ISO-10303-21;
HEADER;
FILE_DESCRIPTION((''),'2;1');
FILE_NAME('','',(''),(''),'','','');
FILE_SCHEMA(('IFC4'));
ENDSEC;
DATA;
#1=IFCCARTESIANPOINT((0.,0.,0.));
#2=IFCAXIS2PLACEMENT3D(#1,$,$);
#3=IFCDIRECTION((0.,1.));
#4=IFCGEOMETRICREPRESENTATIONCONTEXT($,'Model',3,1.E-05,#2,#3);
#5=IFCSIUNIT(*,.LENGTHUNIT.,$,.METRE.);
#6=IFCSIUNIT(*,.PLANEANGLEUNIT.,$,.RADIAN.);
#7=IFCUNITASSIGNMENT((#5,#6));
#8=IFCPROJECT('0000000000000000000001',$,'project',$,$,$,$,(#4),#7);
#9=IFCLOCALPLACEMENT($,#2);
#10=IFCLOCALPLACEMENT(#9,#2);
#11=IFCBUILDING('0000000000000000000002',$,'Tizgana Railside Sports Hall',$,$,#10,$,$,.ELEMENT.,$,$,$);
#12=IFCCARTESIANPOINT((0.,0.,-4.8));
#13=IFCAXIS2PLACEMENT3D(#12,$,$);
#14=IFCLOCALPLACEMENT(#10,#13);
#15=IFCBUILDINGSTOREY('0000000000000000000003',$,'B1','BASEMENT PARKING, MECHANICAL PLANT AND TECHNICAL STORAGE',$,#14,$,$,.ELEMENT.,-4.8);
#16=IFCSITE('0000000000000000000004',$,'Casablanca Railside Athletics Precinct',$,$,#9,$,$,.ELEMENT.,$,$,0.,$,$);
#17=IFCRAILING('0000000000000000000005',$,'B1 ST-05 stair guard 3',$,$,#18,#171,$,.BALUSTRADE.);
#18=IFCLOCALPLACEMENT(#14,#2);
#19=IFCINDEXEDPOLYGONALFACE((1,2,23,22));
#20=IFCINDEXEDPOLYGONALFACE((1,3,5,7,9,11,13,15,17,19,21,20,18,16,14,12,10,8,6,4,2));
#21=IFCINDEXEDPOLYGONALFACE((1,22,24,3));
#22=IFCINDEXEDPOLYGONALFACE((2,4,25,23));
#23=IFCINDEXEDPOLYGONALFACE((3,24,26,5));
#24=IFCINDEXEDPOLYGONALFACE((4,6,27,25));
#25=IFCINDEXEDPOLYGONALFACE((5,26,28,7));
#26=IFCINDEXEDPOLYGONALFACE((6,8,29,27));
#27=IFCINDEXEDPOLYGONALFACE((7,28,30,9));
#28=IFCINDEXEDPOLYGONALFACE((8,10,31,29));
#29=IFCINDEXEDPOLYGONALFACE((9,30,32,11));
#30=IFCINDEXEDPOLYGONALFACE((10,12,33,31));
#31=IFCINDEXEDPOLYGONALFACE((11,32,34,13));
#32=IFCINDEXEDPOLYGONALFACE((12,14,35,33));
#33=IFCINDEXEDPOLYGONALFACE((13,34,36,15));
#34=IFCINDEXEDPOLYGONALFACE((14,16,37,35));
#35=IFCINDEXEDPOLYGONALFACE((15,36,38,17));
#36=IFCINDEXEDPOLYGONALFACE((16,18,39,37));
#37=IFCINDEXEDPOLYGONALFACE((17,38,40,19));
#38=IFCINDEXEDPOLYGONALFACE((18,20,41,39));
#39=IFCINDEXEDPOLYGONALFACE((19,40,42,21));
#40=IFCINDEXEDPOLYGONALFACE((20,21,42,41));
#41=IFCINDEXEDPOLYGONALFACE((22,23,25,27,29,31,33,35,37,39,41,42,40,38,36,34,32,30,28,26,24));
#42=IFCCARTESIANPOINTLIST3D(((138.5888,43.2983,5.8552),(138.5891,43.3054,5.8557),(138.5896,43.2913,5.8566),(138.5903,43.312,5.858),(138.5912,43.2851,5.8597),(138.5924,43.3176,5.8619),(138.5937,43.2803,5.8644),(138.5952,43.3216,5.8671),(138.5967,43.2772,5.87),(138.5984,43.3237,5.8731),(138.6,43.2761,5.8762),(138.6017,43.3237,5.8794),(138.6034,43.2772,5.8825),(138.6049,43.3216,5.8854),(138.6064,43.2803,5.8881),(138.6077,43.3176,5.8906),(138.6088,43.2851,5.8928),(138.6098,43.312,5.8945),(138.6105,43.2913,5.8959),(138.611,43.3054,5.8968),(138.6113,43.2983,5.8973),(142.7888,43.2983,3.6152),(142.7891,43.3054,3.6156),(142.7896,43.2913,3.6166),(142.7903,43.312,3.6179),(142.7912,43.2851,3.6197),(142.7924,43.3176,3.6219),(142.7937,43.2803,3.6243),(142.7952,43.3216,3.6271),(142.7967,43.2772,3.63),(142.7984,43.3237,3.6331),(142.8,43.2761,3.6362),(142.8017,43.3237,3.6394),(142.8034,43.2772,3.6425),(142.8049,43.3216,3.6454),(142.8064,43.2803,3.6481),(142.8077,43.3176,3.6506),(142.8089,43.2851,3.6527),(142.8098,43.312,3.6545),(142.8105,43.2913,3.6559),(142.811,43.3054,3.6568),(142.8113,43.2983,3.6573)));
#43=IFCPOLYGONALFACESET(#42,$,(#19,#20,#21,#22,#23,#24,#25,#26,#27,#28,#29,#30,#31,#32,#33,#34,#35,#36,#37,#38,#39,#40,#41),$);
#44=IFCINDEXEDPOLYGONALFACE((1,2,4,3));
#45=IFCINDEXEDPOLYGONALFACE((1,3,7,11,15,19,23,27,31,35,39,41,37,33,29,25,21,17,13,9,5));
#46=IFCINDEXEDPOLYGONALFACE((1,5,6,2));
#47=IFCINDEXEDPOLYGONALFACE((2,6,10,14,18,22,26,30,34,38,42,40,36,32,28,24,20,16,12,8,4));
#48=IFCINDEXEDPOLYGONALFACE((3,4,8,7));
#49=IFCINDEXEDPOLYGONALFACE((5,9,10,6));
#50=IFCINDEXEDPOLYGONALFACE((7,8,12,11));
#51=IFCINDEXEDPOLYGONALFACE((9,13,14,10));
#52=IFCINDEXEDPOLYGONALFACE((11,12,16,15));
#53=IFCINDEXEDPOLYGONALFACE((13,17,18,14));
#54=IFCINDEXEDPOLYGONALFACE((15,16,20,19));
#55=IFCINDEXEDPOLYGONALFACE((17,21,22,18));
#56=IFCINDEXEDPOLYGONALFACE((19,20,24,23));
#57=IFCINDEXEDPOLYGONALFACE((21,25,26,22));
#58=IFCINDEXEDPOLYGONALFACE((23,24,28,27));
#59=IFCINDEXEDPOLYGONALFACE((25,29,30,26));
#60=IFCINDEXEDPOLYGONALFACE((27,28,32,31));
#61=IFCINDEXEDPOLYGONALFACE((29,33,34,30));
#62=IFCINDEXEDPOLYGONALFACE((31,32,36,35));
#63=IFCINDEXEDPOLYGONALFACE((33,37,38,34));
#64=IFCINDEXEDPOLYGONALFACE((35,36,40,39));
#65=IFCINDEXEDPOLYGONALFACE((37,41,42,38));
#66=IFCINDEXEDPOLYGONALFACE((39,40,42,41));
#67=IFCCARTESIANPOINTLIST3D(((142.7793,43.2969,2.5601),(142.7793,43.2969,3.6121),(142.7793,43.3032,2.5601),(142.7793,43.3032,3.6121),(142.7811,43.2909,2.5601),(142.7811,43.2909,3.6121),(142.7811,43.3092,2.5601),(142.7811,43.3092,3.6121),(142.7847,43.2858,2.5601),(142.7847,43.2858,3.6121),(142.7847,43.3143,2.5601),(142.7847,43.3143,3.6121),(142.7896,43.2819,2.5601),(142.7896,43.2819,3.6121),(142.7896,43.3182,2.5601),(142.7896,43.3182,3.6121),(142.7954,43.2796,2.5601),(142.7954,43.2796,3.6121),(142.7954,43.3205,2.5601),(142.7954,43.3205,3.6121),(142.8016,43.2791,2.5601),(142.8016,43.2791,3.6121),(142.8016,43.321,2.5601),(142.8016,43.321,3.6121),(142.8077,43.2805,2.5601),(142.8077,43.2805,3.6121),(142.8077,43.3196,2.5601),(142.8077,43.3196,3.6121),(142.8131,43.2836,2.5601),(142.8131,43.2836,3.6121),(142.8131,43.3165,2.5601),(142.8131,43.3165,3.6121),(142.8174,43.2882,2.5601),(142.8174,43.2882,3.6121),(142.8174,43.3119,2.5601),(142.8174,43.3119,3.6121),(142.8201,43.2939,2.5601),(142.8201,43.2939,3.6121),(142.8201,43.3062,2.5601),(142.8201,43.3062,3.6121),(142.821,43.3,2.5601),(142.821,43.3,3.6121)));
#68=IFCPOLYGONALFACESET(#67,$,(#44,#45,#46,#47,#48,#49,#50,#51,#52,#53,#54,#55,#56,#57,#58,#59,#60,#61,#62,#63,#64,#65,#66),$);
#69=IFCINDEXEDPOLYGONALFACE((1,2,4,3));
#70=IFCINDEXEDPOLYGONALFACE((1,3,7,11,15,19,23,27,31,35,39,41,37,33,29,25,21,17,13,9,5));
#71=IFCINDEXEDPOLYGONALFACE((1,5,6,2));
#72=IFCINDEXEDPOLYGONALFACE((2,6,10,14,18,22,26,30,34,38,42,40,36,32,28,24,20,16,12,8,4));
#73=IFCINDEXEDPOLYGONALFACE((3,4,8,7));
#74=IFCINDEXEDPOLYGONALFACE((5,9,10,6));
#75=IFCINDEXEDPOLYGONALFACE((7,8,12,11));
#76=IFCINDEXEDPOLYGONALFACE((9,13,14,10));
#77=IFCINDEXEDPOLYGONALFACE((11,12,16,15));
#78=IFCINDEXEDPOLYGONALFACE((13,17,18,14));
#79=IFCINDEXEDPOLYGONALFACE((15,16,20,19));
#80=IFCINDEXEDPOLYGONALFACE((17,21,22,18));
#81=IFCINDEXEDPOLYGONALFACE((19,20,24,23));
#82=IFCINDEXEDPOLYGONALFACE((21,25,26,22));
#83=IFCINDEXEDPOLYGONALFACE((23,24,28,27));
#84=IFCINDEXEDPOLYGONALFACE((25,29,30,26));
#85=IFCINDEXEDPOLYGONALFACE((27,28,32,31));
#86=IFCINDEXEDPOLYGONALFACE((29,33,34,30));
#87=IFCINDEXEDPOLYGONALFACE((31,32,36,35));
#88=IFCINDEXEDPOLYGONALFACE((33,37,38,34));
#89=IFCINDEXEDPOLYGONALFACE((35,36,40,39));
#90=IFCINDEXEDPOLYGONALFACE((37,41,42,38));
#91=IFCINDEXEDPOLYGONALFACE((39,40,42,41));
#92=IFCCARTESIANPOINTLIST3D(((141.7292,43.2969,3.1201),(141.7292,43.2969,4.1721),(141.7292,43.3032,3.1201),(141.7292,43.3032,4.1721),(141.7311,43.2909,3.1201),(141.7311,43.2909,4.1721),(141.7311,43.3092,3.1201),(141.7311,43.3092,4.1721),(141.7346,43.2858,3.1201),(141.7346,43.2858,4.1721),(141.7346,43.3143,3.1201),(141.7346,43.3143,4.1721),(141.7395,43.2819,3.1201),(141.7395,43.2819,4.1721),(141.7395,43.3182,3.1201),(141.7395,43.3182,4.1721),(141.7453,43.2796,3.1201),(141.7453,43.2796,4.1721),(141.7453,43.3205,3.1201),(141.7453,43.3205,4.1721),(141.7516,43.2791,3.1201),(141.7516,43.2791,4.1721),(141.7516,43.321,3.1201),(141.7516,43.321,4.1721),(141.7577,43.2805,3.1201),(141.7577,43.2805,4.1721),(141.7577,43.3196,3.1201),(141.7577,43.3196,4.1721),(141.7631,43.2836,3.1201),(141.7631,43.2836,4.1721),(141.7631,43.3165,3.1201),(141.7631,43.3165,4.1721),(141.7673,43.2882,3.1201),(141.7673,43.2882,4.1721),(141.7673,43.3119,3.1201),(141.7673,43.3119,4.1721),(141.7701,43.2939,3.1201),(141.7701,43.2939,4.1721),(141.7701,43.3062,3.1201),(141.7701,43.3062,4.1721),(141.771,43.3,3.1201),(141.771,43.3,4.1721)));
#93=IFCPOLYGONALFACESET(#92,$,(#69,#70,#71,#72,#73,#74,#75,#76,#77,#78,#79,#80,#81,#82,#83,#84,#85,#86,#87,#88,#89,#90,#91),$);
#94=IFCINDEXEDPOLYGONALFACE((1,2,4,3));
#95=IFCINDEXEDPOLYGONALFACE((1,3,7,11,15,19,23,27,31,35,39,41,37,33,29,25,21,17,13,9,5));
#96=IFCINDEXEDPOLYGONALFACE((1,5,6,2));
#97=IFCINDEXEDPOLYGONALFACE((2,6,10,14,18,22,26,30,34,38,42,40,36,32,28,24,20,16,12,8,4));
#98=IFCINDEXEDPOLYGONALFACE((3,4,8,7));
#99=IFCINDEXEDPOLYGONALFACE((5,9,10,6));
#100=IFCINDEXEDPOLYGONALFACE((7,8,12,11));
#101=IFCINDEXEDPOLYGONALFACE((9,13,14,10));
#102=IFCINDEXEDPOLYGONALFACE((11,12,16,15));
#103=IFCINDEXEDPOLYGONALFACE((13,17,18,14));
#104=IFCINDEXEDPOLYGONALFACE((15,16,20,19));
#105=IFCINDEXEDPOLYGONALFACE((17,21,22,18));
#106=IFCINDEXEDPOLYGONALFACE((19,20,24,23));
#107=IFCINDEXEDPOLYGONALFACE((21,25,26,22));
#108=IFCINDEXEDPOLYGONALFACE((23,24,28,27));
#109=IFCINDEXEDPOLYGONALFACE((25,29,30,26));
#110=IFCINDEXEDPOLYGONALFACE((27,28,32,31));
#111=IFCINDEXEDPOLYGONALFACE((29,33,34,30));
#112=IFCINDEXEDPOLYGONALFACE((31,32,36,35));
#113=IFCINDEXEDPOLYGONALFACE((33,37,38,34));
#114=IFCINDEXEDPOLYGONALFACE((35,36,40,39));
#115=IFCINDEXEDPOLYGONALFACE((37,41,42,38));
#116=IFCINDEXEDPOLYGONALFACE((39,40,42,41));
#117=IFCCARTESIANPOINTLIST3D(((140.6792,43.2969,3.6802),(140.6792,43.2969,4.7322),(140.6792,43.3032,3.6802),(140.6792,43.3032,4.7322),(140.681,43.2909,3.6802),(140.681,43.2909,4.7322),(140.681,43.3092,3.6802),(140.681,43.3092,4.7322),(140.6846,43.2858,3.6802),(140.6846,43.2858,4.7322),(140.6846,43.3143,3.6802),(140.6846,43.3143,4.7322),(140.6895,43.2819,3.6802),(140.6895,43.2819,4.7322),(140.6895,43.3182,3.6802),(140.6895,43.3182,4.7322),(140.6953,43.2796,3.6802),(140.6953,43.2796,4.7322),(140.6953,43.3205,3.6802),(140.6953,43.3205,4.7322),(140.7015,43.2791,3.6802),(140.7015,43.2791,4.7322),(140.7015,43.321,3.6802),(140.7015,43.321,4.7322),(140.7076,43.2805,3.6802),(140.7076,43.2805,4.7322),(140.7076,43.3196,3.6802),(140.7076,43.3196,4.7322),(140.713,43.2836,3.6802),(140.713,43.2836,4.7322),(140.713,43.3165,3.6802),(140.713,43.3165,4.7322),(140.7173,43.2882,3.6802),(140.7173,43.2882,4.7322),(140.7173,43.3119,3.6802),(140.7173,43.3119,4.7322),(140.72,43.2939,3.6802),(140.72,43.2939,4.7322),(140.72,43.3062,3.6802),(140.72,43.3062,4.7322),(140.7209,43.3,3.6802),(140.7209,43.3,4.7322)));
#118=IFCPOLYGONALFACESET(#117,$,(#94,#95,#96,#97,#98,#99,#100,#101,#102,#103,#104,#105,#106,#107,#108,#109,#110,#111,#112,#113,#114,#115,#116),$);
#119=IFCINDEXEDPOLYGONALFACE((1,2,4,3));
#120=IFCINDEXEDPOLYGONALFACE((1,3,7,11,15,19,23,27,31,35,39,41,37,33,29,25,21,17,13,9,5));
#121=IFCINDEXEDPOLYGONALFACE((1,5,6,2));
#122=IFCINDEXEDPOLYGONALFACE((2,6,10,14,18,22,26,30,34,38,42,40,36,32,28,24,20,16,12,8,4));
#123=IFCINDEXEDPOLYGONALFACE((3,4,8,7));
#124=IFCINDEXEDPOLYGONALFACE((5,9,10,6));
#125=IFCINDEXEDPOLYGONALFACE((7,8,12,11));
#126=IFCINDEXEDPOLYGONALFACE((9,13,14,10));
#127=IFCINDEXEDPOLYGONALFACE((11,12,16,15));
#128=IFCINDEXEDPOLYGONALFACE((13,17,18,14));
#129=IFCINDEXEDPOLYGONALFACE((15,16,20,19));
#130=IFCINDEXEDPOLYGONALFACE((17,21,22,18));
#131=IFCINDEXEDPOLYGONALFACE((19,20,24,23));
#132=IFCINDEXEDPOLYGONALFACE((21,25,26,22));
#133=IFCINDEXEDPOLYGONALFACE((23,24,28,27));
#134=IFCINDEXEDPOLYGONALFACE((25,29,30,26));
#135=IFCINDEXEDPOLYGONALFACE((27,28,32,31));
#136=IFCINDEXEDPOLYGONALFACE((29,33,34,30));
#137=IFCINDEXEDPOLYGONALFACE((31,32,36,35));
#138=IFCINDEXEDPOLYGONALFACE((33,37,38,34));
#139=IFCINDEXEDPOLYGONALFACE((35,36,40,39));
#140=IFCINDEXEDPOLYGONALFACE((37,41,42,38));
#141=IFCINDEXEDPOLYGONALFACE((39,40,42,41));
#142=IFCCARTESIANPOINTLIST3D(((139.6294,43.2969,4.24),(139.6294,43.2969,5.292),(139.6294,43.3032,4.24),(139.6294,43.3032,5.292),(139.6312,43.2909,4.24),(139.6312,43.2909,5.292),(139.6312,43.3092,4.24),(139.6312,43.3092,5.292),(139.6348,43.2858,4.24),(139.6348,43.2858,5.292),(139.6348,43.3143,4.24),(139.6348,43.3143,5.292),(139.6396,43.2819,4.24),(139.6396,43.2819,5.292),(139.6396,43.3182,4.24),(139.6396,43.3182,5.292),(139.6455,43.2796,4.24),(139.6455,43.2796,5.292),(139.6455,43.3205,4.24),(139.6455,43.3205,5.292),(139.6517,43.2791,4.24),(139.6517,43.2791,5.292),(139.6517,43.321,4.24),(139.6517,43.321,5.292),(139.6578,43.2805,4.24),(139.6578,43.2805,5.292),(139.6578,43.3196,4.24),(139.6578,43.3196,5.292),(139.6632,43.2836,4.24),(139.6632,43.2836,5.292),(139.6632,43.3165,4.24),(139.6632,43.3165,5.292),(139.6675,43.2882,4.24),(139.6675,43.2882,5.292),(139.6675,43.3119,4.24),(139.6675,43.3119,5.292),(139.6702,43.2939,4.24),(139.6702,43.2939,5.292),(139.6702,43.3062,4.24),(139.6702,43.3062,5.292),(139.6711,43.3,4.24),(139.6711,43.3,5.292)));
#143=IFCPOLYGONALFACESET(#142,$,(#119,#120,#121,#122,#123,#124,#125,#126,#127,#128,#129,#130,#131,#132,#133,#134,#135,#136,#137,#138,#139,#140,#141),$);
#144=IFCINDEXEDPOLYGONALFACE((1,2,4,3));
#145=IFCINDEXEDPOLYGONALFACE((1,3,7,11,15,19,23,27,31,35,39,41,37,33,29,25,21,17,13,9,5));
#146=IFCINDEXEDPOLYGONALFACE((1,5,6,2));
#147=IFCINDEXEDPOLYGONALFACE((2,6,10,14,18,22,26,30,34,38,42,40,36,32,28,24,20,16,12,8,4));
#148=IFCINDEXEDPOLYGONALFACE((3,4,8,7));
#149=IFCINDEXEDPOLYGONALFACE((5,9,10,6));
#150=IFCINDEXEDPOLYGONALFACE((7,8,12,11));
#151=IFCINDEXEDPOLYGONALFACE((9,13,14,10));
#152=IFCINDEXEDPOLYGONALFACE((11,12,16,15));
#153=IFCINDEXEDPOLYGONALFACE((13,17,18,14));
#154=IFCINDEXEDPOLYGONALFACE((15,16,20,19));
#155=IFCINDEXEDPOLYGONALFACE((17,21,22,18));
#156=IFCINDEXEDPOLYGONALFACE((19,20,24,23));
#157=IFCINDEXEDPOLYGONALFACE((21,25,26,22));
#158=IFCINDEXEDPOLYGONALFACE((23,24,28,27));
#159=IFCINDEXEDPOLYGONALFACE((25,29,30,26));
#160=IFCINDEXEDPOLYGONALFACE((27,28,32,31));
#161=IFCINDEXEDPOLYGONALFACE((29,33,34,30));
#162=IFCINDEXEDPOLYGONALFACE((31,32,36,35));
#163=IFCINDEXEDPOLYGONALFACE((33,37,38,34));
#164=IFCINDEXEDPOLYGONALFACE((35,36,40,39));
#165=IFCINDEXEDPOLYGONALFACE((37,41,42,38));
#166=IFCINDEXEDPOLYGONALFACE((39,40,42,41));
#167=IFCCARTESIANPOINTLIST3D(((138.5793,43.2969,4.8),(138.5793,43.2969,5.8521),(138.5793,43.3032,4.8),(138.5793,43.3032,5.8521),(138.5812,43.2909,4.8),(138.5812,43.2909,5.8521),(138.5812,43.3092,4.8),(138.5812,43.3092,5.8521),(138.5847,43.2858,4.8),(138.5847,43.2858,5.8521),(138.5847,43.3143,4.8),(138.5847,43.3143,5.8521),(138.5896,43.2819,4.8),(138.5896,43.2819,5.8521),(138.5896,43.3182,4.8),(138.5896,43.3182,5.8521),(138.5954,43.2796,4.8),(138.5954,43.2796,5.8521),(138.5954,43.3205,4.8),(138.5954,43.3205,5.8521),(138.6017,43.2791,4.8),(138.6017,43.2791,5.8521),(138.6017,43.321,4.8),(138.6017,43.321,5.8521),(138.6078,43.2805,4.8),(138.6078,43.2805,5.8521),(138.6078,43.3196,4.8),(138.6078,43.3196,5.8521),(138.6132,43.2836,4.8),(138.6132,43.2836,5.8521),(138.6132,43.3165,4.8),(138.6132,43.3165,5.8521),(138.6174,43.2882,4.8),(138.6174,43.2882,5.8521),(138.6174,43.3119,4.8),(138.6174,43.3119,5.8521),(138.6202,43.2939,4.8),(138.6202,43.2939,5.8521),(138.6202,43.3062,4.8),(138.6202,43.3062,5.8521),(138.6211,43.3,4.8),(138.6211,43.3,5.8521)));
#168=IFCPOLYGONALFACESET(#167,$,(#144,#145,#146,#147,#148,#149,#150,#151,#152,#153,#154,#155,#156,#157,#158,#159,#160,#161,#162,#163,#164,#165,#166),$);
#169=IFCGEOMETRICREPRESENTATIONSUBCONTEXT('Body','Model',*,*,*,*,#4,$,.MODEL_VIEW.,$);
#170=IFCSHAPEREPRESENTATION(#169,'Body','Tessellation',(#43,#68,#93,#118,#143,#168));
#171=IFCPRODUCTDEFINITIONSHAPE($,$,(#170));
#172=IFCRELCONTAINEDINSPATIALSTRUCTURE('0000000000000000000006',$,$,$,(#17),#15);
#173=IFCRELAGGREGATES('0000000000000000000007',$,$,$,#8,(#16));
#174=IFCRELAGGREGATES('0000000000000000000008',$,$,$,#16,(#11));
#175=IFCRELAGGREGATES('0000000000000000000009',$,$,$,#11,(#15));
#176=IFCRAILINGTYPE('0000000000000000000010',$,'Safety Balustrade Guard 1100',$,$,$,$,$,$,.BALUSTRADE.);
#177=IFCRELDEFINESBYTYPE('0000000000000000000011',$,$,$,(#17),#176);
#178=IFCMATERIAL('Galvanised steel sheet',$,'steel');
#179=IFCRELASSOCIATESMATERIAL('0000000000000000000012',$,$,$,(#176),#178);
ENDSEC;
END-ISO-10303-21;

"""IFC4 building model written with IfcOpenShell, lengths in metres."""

from ifc_helpers import new_model, si_unit, direction, frame, origin, origin_2d, place, context, subcontext, project, spatial, circle, extrude, material, type_object, element, save


model = new_model("IFC4")

# Units and contexts
model_context = context("Model", 3, precision=1e-05, world=origin(), true_north=direction((0.0, 1.0)))
body_context = subcontext(model_context, "Body", "Model", "MODEL_VIEW")
ifc_project = project(units=[si_unit("LENGTHUNIT", "METRE"), si_unit("PLANEANGLEUNIT", "RADIAN")], contexts=[model_context])

# Site, building, storey
site_placement = place(None, origin())
site = spatial("IfcSite", under=ifc_project, at=site_placement, Name="Casablanca Railside Athletics Precinct", CompositionType="ELEMENT", RefElevation=0.0)
building_placement = place(site_placement, origin())
building = spatial("IfcBuilding", under=site, at=building_placement, Name="Tizgana Railside Sports Hall", CompositionType="ELEMENT")
storey_placement = place(building_placement, frame((0.0, 0.0, -4.8)))
storey = spatial("IfcBuildingStorey", under=building, at=storey_placement, Name="B1", Description="BASEMENT PARKING, MECHANICAL PLANT AND TECHNICAL STORAGE", CompositionType="ELEMENT", Elevation=-4.8)

# Railing
ifc_material_1 = material(Name="Galvanised steel sheet", Category="steel")
railing_type_1 = type_object("IfcRailingType", Name="Safety Balustrade Guard 1100", PredefinedType="BALUSTRADE", material=ifc_material_1)
railing_1_placement = place(storey_placement, frame((142.8, 43.3, 2.5601)))
element("IfcRailing", 1, at=railing_1_placement, inside=storey, type_object=railing_type_1, Name="B1 ST-05 stair guard 3", PredefinedType="BALUSTRADE", context=body_context, shape_type="SweptSolid", body=[
    extrude(circle(Radius=0.0239, at=origin_2d()), frame((0.0, 0.0, 1.0762), z_axis=(-0.882352, 0.0, 0.470591), x_axis=(0.0, -1.0, 0.0)), (0.0, 0.0, 1.0), 4.76),
    extrude(circle(Radius=0.021, at=origin_2d()), origin(), (0.0, 0.0, 1.0), 1.052),
    extrude(circle(Radius=0.021, at=origin_2d()), frame((-1.05, 0.0, 0.5601)), (0.0, 0.0, 1.0), 1.052),
    extrude(circle(Radius=0.021, at=origin_2d()), frame((-2.1001, 0.0, 1.1201)), (0.0, 0.0, 1.0), 1.052),
    extrude(circle(Radius=0.021, at=origin_2d()), frame((-3.1499, 0.0, 1.6799)), (0.0, 0.0, 1.0), 1.052),
    extrude(circle(Radius=0.021, at=origin_2d()), frame((-4.2, 0.0, 2.24)), (0.0, 0.0, 1.0), 1.052),
])

save(model, "model.ifc")
